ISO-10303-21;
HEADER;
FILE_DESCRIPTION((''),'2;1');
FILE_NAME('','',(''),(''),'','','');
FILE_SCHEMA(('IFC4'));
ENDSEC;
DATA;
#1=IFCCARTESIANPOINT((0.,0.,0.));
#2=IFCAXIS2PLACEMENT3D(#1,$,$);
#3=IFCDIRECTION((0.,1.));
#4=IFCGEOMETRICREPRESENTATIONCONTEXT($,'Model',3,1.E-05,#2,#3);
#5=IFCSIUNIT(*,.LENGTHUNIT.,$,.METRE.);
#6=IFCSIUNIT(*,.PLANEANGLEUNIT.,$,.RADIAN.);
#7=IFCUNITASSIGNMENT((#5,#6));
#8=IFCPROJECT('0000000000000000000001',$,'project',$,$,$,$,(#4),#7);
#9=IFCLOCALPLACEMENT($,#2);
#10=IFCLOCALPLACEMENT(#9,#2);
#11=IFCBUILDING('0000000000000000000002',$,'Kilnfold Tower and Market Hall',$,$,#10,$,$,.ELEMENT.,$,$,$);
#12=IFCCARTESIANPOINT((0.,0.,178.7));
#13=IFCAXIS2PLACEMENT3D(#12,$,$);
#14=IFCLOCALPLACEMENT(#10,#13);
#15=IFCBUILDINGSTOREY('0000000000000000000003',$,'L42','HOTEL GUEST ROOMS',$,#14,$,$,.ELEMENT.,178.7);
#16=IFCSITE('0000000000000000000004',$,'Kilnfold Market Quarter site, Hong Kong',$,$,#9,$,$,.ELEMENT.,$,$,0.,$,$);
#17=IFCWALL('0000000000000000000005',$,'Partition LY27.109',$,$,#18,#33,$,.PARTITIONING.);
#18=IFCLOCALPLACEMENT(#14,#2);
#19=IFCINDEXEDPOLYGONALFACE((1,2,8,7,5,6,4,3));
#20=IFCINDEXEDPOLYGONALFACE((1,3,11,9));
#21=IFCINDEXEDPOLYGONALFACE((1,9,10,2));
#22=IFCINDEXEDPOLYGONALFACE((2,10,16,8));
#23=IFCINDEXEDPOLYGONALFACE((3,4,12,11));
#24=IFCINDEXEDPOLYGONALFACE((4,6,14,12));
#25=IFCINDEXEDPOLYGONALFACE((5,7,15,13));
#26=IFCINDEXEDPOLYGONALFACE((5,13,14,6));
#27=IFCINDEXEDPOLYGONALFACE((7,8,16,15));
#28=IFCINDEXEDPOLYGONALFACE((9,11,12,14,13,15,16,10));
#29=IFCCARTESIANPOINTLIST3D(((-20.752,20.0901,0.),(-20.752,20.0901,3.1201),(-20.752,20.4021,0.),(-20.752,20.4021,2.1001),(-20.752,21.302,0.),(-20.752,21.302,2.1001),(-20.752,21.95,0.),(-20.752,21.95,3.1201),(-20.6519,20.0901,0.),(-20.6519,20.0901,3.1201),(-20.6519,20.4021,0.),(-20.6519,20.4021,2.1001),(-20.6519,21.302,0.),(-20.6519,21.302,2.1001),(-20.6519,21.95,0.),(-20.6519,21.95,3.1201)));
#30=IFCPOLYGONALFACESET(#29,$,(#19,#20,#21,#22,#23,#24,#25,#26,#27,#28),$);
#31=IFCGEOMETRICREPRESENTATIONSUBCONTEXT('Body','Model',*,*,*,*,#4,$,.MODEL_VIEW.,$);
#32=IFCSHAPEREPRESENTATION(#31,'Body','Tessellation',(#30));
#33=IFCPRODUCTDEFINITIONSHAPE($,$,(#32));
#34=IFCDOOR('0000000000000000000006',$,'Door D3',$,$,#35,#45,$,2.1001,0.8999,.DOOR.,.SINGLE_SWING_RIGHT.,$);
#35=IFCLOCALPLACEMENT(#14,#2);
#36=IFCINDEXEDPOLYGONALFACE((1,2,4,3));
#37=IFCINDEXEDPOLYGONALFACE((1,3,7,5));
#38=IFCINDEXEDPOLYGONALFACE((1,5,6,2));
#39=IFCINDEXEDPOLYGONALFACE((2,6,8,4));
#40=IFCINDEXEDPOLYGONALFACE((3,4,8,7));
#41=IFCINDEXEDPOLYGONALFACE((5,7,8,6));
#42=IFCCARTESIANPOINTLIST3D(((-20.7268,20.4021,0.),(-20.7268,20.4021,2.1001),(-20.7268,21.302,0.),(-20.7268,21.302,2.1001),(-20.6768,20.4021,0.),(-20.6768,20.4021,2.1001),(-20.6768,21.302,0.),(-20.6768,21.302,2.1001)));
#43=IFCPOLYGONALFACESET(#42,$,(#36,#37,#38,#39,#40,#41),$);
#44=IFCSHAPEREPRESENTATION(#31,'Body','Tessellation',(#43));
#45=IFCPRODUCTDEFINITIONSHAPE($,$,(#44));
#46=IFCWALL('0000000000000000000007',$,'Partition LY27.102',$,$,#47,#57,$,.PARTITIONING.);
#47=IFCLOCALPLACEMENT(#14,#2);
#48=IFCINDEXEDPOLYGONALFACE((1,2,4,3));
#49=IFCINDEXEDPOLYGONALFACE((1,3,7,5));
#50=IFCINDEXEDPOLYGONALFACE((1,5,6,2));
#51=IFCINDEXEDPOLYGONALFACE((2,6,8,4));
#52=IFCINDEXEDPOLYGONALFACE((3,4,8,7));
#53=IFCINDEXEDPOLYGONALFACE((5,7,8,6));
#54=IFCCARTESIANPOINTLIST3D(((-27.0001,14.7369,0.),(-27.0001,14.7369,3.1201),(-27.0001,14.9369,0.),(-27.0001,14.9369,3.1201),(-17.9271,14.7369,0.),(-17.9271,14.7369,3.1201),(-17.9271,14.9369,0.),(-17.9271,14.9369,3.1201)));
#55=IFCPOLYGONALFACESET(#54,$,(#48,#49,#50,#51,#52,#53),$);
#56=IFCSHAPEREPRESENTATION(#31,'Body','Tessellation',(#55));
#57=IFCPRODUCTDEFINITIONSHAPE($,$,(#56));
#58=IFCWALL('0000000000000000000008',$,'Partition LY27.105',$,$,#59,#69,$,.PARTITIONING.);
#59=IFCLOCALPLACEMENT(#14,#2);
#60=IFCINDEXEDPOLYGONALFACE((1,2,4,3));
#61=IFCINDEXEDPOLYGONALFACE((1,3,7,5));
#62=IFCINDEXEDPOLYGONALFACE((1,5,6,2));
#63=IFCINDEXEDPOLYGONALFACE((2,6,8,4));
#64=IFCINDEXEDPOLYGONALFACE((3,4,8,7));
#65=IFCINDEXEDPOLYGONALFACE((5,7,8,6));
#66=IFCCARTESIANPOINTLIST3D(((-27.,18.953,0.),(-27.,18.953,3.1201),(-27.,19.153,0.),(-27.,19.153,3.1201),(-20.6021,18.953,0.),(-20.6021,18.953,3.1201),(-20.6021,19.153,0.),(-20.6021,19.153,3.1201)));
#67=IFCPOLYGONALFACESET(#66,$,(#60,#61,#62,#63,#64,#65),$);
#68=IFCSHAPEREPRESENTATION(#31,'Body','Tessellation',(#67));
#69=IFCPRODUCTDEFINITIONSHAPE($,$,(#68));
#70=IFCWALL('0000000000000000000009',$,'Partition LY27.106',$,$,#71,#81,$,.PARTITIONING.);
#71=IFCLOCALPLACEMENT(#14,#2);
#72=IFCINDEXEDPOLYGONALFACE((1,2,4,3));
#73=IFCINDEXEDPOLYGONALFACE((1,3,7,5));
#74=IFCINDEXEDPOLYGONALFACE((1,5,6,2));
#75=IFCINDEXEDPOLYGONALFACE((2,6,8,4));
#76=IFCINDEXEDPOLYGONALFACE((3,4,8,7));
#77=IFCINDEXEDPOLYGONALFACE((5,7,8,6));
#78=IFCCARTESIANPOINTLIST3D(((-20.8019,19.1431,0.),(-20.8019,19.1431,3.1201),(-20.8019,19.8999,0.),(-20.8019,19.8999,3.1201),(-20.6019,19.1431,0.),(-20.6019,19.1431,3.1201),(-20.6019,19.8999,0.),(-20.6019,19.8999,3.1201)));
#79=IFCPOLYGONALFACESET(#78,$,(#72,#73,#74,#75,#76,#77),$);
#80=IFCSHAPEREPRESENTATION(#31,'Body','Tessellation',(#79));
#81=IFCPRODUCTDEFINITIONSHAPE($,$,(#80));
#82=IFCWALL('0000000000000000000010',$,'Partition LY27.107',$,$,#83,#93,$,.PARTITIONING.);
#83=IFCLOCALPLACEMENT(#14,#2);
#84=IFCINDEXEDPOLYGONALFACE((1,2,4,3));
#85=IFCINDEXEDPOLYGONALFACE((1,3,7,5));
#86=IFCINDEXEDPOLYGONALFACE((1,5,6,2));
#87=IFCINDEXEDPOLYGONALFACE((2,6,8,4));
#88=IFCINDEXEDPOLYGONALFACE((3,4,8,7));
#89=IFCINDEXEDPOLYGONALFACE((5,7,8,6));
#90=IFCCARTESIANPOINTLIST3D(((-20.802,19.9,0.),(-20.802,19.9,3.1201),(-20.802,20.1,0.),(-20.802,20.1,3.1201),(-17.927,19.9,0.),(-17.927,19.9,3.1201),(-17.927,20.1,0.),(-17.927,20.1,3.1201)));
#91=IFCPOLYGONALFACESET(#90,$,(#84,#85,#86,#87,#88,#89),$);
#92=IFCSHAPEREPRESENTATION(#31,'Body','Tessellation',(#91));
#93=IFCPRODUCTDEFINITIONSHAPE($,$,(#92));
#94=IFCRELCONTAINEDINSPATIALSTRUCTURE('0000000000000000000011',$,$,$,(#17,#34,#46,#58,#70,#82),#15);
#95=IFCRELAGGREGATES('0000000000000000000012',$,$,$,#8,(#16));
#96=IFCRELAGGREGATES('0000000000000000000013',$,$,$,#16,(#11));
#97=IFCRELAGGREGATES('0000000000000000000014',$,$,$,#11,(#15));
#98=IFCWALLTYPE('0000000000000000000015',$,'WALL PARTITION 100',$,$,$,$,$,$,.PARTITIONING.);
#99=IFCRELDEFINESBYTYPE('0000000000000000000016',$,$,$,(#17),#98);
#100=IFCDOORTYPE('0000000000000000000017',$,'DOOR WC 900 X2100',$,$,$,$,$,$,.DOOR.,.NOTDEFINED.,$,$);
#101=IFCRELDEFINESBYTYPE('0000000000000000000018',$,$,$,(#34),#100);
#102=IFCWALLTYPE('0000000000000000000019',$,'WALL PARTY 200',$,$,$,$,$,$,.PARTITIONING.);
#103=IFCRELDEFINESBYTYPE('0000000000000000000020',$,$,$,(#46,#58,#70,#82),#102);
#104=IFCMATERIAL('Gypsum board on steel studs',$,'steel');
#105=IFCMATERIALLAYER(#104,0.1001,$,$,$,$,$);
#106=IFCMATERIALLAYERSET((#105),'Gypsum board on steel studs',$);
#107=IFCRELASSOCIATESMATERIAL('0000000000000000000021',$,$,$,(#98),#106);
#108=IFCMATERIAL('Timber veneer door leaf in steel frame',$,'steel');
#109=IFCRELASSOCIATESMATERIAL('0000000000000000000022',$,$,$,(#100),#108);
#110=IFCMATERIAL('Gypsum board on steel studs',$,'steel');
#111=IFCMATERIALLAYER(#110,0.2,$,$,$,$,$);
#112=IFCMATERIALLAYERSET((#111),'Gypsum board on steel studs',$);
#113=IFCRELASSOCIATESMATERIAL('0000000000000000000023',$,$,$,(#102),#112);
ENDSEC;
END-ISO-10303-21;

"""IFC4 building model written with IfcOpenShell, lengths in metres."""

from ifc_helpers import new_model, si_unit, direction, frame, frame_2d, origin, place, context, subcontext, project, spatial, rectangle, extrude, material, layer, layer_set, type_object, element, fill, save


model = new_model("IFC4")

# Units and contexts
model_context = context("Model", 3, precision=1e-05, world=origin(), true_north=direction((0.0, 1.0)))
body_context = subcontext(model_context, "Body", "Model", "MODEL_VIEW")
ifc_project = project(units=[si_unit("LENGTHUNIT", "METRE"), si_unit("PLANEANGLEUNIT", "RADIAN")], contexts=[model_context])

# Site, building, storey
site_placement = place(None, origin())
site = spatial("IfcSite", under=ifc_project, at=site_placement, Name="Kilnfold Market Quarter site, Hong Kong", CompositionType="ELEMENT", RefElevation=0.0)
building_placement = place(site_placement, origin())
building = spatial("IfcBuilding", under=site, at=building_placement, Name="Kilnfold Tower and Market Hall", CompositionType="ELEMENT")
storey_placement = place(building_placement, frame((0.0, 0.0, 178.7)))
storey = spatial("IfcBuildingStorey", under=building, at=storey_placement, Name="L42", Description="HOTEL GUEST ROOMS", CompositionType="ELEMENT", Elevation=178.7)

# Shared definitions
ifc_material_1 = material(Name="Gypsum board on steel studs", Category="steel")
ifc_layer_1 = layer(ifc_material_1, 0.1001)
ifc_layer_set_1 = layer_set([ifc_layer_1], Name="Gypsum board on steel studs")
wall_type_1 = type_object("IfcWallType", Name="WALL PARTITION 100", PredefinedType="PARTITIONING", material=ifc_layer_set_1)
ifc_material_2 = material(Name="Timber veneer door leaf in steel frame", Category="steel")
door_type_1 = type_object("IfcDoorType", Name="DOOR WC 900 X2100", OperationType="NOTDEFINED", PredefinedType="DOOR", material=ifc_material_2)

# Wall, opening, door
wall_1_placement = place(storey_placement, frame((-20.7019, 20.0901, 0.0), z_axis=(0.0, 0.0, 1.0), x_axis=(0.0, 1.0, 0.0)))
wall_1 = element("IfcWall", 1, at=wall_1_placement, inside=storey, type_object=wall_type_1, Name="Partition LY27.109", PredefinedType="PARTITIONING", context=body_context, shape_type="SweptSolid", body=[
    extrude(rectangle(XDim=1.8599, YDim=0.1001, at=frame_2d((0.9299, 0.0))), origin(), (0.0, 0.0, 1.0), 3.1201),
])
opening_1_placement = place(wall_1_placement, frame((0.312, 0.0, 0.0)))
opening_1 = element("IfcOpeningElement", 2, at=opening_1_placement, cuts=wall_1, PredefinedType="OPENING", context=body_context, shape_type="SweptSolid", body=[
    extrude(rectangle(XDim=0.8999, YDim=2.1001, at=frame_2d((0.45, 1.05))), frame((0.0, 0.0601, 0.0), z_axis=(0.0, -1.0, 0.0), x_axis=(1.0, 0.0, 0.0)), (0.0, 0.0, 1.0), 0.1201),
])
door_1_placement = place(opening_1_placement, origin())
door_1 = element("IfcDoor", 3, at=door_1_placement, inside=storey, type_object=door_type_1, Name="Door D3", OperationType="SINGLE_SWING_RIGHT", OverallHeight=2.1001, OverallWidth=0.8999, PredefinedType="DOOR", context=body_context, shape_type="SweptSolid", body=[
    extrude(rectangle(XDim=0.8999, YDim=2.1001, at=frame_2d((0.45, 1.05))), frame((0.0, 0.0249, 0.0), z_axis=(0.0, -1.0, 0.0), x_axis=(1.0, 0.0, 0.0)), (0.0, 0.0, 1.0), 0.05),
])
fill(opening_1, door_1)

# Walls
ifc_material_3 = material(Name="Gypsum board on steel studs", Category="steel")
ifc_layer_2 = layer(ifc_material_3, 0.2)
ifc_layer_set_2 = layer_set([ifc_layer_2], Name="Gypsum board on steel studs")
wall_type_2 = type_object("IfcWallType", Name="WALL PARTY 200", PredefinedType="PARTITIONING", material=ifc_layer_set_2)
wall_2_placement = place(storey_placement, frame((-17.927, 14.8369, 0.0), z_axis=(0.0, 0.0, 1.0), x_axis=(-1.0, 0.0, 0.0)))
element("IfcWall", 4, at=wall_2_placement, inside=storey, type_object=wall_type_2, Name="Partition LY27.102", PredefinedType="PARTITIONING", context=body_context, shape_type="SweptSolid", body=[
    extrude(rectangle(XDim=9.073, YDim=0.2, at=frame_2d((4.5366, 0.0))), origin(), (0.0, 0.0, 1.0), 3.1201),
])
wall_3_placement = place(storey_placement, frame((-20.6021, 19.053, 0.0), z_axis=(0.0, 0.0, 1.0), x_axis=(-1.0, 0.0, 0.0)))
element("IfcWall", 5, at=wall_3_placement, inside=storey, type_object=wall_type_2, Name="Partition LY27.105", PredefinedType="PARTITIONING", context=body_context, shape_type="SweptSolid", body=[
    extrude(rectangle(XDim=6.3979, YDim=0.2, at=frame_2d((3.199, 0.0))), origin(), (0.0, 0.0, 1.0), 3.1201),
])
wall_4_placement = place(storey_placement, frame((-20.7019, 19.8999, 0.0), z_axis=(0.0, 0.0, 1.0), x_axis=(0.0, -1.0, 0.0)))
element("IfcWall", 6, at=wall_4_placement, inside=storey, type_object=wall_type_2, Name="Partition LY27.106", PredefinedType="PARTITIONING", context=body_context, shape_type="SweptSolid", body=[
    extrude(rectangle(XDim=0.7568, YDim=0.2, at=frame_2d((0.3784, 0.0))), origin(), (0.0, 0.0, 1.0), 3.1201),
])
wall_5_placement = place(storey_placement, frame((-17.927, 20.0, 0.0), z_axis=(0.0, 0.0, 1.0), x_axis=(-1.0, 0.0, 0.0)))
element("IfcWall", 7, at=wall_5_placement, inside=storey, type_object=wall_type_2, Name="Partition LY27.107", PredefinedType="PARTITIONING", context=body_context, shape_type="SweptSolid", body=[
    extrude(rectangle(XDim=2.875, YDim=0.2, at=frame_2d((1.4375, 0.0))), origin(), (0.0, 0.0, 1.0), 3.1201),
])

save(model, "model.ifc")
